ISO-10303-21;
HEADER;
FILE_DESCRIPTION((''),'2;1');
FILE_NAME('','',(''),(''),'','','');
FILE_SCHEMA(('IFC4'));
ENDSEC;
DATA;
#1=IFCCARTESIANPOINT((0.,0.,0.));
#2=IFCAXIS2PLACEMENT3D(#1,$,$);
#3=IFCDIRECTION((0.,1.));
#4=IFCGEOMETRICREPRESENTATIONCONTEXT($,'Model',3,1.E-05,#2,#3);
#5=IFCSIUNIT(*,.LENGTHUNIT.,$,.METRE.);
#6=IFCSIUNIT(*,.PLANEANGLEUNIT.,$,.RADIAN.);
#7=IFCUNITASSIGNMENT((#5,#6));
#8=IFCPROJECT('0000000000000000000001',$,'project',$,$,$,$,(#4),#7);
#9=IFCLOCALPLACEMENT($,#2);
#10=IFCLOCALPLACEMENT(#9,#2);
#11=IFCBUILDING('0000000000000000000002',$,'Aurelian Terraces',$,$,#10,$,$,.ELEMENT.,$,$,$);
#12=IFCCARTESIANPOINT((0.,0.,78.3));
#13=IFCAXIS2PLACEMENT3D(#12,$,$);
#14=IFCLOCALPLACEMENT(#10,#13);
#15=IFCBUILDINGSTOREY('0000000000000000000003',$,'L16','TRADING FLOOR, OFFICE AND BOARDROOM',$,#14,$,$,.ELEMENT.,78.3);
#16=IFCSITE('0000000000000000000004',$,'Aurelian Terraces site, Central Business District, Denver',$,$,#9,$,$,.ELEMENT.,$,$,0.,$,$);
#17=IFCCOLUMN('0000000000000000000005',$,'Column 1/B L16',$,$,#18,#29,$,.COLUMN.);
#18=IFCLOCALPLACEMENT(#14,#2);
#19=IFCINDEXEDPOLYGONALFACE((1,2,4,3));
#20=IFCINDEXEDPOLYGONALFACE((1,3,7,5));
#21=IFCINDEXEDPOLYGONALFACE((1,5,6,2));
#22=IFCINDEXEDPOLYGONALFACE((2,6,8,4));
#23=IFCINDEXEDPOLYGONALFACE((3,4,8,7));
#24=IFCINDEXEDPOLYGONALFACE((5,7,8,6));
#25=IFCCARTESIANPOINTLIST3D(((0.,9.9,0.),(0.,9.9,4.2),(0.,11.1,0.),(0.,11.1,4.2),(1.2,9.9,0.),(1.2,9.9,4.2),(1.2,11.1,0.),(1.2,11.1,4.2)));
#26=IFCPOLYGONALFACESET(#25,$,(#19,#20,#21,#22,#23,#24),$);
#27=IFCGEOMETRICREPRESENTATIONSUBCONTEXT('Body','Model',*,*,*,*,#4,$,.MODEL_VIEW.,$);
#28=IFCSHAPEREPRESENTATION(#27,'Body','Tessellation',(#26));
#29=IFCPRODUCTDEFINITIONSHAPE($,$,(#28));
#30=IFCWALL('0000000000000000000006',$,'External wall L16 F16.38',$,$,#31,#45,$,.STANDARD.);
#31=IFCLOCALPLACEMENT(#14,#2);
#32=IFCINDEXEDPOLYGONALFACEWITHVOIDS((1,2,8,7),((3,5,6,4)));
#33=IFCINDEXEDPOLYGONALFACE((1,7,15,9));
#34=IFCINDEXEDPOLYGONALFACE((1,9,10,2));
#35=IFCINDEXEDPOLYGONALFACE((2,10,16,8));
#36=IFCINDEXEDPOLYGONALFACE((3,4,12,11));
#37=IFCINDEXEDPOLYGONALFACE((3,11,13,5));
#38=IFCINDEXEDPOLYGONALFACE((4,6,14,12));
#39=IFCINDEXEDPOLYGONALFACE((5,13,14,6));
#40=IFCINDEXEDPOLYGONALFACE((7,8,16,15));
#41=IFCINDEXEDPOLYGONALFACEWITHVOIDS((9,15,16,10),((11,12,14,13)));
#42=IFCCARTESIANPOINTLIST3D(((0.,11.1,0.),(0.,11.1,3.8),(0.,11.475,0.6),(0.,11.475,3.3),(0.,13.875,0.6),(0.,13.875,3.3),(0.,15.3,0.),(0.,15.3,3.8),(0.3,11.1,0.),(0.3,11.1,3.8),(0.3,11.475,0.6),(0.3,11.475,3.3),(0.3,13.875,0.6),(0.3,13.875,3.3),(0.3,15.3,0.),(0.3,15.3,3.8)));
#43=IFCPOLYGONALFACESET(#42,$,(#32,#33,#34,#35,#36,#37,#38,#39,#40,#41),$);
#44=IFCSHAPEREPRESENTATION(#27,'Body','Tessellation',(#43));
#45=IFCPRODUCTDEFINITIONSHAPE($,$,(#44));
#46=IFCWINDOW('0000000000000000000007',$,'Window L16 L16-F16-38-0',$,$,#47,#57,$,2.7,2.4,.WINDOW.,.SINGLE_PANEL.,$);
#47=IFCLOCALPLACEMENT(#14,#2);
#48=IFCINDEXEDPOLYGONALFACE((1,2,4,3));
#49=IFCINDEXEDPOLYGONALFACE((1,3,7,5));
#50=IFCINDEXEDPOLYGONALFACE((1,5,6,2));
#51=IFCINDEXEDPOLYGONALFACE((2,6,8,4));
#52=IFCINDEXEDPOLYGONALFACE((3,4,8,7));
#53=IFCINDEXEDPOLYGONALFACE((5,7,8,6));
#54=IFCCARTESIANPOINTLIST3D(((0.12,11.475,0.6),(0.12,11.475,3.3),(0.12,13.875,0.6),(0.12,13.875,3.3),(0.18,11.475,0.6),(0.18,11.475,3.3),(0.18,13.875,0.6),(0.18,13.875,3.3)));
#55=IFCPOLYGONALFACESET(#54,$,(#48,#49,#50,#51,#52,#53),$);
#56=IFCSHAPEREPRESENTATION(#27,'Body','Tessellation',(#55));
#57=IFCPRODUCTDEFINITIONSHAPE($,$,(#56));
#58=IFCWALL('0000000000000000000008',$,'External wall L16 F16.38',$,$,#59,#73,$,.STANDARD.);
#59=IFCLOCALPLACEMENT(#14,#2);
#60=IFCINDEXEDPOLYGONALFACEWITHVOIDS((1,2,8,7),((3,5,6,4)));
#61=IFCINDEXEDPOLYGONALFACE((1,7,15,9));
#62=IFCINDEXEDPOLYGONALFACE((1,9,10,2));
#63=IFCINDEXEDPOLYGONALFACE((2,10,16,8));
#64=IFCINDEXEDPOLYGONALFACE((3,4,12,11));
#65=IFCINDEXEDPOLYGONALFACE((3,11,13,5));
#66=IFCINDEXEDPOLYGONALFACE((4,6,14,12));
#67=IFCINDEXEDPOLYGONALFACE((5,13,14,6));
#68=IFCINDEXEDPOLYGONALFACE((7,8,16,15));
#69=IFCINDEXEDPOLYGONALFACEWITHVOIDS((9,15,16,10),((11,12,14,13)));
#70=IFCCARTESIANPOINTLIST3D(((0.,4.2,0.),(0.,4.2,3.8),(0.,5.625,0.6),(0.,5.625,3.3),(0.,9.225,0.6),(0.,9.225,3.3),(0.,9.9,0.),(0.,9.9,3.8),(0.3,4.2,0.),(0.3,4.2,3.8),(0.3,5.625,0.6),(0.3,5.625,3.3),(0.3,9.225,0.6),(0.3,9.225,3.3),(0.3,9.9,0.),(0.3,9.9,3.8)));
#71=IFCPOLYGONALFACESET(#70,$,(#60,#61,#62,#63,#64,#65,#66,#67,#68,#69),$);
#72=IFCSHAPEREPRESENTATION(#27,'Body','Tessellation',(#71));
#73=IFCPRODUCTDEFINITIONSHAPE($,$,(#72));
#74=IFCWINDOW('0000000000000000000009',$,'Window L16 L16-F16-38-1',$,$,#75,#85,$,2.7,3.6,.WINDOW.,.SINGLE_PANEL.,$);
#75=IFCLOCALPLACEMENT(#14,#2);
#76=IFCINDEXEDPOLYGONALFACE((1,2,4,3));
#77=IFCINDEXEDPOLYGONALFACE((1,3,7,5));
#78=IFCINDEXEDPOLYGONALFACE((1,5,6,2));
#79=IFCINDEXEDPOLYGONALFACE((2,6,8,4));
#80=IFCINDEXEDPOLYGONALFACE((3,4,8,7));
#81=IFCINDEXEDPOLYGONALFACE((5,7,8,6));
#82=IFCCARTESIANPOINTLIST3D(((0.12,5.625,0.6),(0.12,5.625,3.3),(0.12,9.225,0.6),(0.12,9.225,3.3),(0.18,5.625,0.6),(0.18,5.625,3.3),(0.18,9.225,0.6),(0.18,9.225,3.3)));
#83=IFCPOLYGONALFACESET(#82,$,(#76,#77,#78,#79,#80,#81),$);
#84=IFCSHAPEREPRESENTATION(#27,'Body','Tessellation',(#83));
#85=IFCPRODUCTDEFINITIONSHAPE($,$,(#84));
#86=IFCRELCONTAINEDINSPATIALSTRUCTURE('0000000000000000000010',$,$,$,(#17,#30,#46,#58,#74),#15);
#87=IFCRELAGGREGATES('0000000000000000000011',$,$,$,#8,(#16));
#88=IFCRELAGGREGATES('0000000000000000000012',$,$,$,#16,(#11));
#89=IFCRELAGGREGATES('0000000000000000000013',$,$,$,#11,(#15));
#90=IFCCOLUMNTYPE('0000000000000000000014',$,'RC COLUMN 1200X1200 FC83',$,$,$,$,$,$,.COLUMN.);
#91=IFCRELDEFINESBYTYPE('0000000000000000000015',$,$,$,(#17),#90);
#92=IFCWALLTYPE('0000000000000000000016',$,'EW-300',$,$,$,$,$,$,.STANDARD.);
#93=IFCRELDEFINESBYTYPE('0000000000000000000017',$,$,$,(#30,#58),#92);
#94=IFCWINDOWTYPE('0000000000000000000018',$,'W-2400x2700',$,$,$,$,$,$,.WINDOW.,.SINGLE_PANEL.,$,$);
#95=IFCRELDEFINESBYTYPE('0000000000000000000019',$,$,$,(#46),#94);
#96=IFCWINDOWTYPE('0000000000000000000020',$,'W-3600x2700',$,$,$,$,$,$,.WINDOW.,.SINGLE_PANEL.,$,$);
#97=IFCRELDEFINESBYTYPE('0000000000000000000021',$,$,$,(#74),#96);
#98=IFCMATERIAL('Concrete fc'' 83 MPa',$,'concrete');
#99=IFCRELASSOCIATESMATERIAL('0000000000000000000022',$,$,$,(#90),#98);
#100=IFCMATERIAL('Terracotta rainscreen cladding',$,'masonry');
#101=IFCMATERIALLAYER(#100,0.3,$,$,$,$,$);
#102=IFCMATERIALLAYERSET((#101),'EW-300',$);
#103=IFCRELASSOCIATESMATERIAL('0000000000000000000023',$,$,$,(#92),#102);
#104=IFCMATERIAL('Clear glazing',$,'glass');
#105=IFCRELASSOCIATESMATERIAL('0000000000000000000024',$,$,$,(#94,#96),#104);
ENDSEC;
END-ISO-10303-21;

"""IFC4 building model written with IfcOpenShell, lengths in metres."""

from ifc_helpers import new_model, si_unit, direction, frame, frame_2d, origin, origin_2d, place, context, subcontext, project, spatial, rectangle, extrude, source, transform, mapped, material, layer, layer_set, material_profile, profile_set, type_object, element, fill, save


model = new_model("IFC4")

# Units and contexts
model_context = context("Model", 3, precision=1e-05, world=origin(), true_north=direction((0.0, 1.0)))
body_context = subcontext(model_context, "Body", "Model", "MODEL_VIEW")
ifc_project = project(units=[si_unit("LENGTHUNIT", "METRE"), si_unit("PLANEANGLEUNIT", "RADIAN")], contexts=[model_context])

# Site, building, storey
site_placement = place(None, origin())
site = spatial("IfcSite", under=ifc_project, at=site_placement, Name="Aurelian Terraces site, Central Business District, Denver", CompositionType="ELEMENT", RefElevation=0.0)
building_placement = place(site_placement, origin())
building = spatial("IfcBuilding", under=site, at=building_placement, Name="Aurelian Terraces", CompositionType="ELEMENT")
storey_placement = place(building_placement, frame((0.0, 0.0, 78.3)))
storey = spatial("IfcBuildingStorey", under=building, at=storey_placement, Name="L16", Description="TRADING FLOOR, OFFICE AND BOARDROOM", CompositionType="ELEMENT", Elevation=78.3)

# Column
ifc_material_1 = material(Name="Concrete fc' 83 MPa", Category="concrete")
ifc_material_profile = material_profile(ifc_material_1, rectangle(XDim=1.2, YDim=1.2, at=origin_2d()))
ifc_profile_set = profile_set([ifc_material_profile], Name="Concrete fc' 83 MPa")
column_type = type_object("IfcColumnType", Name="RC COLUMN 1200X1200 FC83", PredefinedType="COLUMN", material=ifc_profile_set)
shared_shape_1 = source(origin(), body_context, "Body", "SweptSolid", [
    extrude(rectangle(XDim=1.2, YDim=1.2, at=origin_2d()), origin(), (0.0, 0.0, 1.0), 4.2),
])
column_placement = place(storey_placement, frame((0.6, 10.5, 0.0), z_axis=(0.0, 0.0, 1.0), x_axis=(1.0, 0.0, 0.0)))
element("IfcColumn", 1, at=column_placement, inside=storey, type_object=column_type, Name="Column 1/B L16", PredefinedType="COLUMN", context=body_context, shape_type="MappedRepresentation", body=[
    mapped(shared_shape_1, transform((0.0, 0.0, 0.0), scale=1.0)),
])

# Walls, openings, windows
ifc_material_2 = material(Name="Terracotta rainscreen cladding", Category="masonry")
ifc_layer_1 = layer(ifc_material_2, 0.3)
ifc_layer_set_1 = layer_set([ifc_layer_1], Name="EW-300")
wall_type_1 = type_object("IfcWallType", Name="EW-300", PredefinedType="STANDARD", material=ifc_layer_set_1)
shared_shape_2 = source(origin(), body_context, "Body", "SweptSolid", [
    extrude(rectangle(XDim=4.2, YDim=0.3, at=frame_2d((2.1, 0.0))), origin(), (0.0, 0.0, 1.0), 3.8),
])
wall_1_placement = place(storey_placement, frame((0.15, 15.3, 0.0), z_axis=(0.0, 0.0, 1.0), x_axis=(0.0, -1.0, 0.0)))
wall_1 = element("IfcWall", 2, at=wall_1_placement, inside=storey, type_object=wall_type_1, Name="External wall L16 F16.38", PredefinedType="STANDARD", context=body_context, shape_type="MappedRepresentation", body=[
    mapped(shared_shape_2, transform((0.0, 0.0, 0.0), scale=1.0)),
])
shared_shape_3 = source(origin(), body_context, "Body", "SweptSolid", [
    extrude(rectangle(XDim=2.4, YDim=2.7, at=frame_2d((1.2, 1.35))), frame((0.0, 0.16, 0.0), z_axis=(0.0, -1.0, 0.0), x_axis=(1.0, 0.0, 0.0)), (0.0, 0.0, 1.0), 0.32),
])
opening_1_placement = place(wall_1_placement, frame((1.425, 0.0, 0.6)))
opening_1 = element("IfcOpeningElement", 3, at=opening_1_placement, cuts=wall_1, PredefinedType="OPENING", context=body_context, shape_type="MappedRepresentation", body=[
    mapped(shared_shape_3, transform((0.0, 0.0, 0.0), scale=1.0)),
])
ifc_material_3 = material(Name="Clear glazing", Category="glass")
window_type_1 = type_object("IfcWindowType", Name="W-2400x2700", PartitioningType="SINGLE_PANEL", PredefinedType="WINDOW", material=ifc_material_3)
shared_shape_4 = source(origin(), body_context, "Body", "SweptSolid", [
    extrude(rectangle(XDim=2.4, YDim=2.7, at=frame_2d((1.2, 1.35))), frame((0.0, 0.03, 0.0), z_axis=(0.0, -1.0, 0.0), x_axis=(1.0, 0.0, 0.0)), (0.0, 0.0, 1.0), 0.06),
])
window_1_placement = place(opening_1_placement, origin())
window_1 = element("IfcWindow", 4, at=window_1_placement, inside=storey, type_object=window_type_1, Name="Window L16 L16-F16-38-0", OverallHeight=2.7, OverallWidth=2.4, PartitioningType="SINGLE_PANEL", PredefinedType="WINDOW", context=body_context, shape_type="MappedRepresentation", body=[
    mapped(shared_shape_4, transform((0.0, 0.0, 0.0), scale=1.0)),
])
fill(opening_1, window_1)
shared_shape_5 = source(origin(), body_context, "Body", "SweptSolid", [
    extrude(rectangle(XDim=5.7, YDim=0.3, at=frame_2d((2.85, 0.0))), origin(), (0.0, 0.0, 1.0), 3.8),
])
wall_2_placement = place(storey_placement, frame((0.15, 9.9, 0.0), z_axis=(0.0, 0.0, 1.0), x_axis=(0.0, -1.0, 0.0)))
wall_2 = element("IfcWall", 5, at=wall_2_placement, inside=storey, type_object=wall_type_1, Name="External wall L16 F16.38", PredefinedType="STANDARD", context=body_context, shape_type="MappedRepresentation", body=[
    mapped(shared_shape_5, transform((0.0, 0.0, 0.0), scale=1.0)),
])
shared_shape_6 = source(origin(), body_context, "Body", "SweptSolid", [
    extrude(rectangle(XDim=3.6, YDim=2.7, at=frame_2d((1.8, 1.35))), frame((0.0, 0.16, 0.0), z_axis=(0.0, -1.0, 0.0), x_axis=(1.0, 0.0, 0.0)), (0.0, 0.0, 1.0), 0.32),
])
opening_2_placement = place(wall_2_placement, frame((0.675, 0.0, 0.6)))
opening_2 = element("IfcOpeningElement", 6, at=opening_2_placement, cuts=wall_2, PredefinedType="OPENING", context=body_context, shape_type="MappedRepresentation", body=[
    mapped(shared_shape_6, transform((0.0, 0.0, 0.0), scale=1.0)),
])
window_type_2 = type_object("IfcWindowType", Name="W-3600x2700", PartitioningType="SINGLE_PANEL", PredefinedType="WINDOW", material=ifc_material_3)
shared_shape_7 = source(origin(), body_context, "Body", "SweptSolid", [
    extrude(rectangle(XDim=3.6, YDim=2.7, at=frame_2d((1.8, 1.35))), frame((0.0, 0.03, 0.0), z_axis=(0.0, -1.0, 0.0), x_axis=(1.0, 0.0, 0.0)), (0.0, 0.0, 1.0), 0.06),
])
window_2_placement = place(opening_2_placement, origin())
window_2 = element("IfcWindow", 7, at=window_2_placement, inside=storey, type_object=window_type_2, Name="Window L16 L16-F16-38-1", OverallHeight=2.7, OverallWidth=3.6, PartitioningType="SINGLE_PANEL", PredefinedType="WINDOW", context=body_context, shape_type="MappedRepresentation", body=[
    mapped(shared_shape_7, transform((0.0, 0.0, 0.0), scale=1.0)),
])
fill(opening_2, window_2)

save(model, "model.ifc")
